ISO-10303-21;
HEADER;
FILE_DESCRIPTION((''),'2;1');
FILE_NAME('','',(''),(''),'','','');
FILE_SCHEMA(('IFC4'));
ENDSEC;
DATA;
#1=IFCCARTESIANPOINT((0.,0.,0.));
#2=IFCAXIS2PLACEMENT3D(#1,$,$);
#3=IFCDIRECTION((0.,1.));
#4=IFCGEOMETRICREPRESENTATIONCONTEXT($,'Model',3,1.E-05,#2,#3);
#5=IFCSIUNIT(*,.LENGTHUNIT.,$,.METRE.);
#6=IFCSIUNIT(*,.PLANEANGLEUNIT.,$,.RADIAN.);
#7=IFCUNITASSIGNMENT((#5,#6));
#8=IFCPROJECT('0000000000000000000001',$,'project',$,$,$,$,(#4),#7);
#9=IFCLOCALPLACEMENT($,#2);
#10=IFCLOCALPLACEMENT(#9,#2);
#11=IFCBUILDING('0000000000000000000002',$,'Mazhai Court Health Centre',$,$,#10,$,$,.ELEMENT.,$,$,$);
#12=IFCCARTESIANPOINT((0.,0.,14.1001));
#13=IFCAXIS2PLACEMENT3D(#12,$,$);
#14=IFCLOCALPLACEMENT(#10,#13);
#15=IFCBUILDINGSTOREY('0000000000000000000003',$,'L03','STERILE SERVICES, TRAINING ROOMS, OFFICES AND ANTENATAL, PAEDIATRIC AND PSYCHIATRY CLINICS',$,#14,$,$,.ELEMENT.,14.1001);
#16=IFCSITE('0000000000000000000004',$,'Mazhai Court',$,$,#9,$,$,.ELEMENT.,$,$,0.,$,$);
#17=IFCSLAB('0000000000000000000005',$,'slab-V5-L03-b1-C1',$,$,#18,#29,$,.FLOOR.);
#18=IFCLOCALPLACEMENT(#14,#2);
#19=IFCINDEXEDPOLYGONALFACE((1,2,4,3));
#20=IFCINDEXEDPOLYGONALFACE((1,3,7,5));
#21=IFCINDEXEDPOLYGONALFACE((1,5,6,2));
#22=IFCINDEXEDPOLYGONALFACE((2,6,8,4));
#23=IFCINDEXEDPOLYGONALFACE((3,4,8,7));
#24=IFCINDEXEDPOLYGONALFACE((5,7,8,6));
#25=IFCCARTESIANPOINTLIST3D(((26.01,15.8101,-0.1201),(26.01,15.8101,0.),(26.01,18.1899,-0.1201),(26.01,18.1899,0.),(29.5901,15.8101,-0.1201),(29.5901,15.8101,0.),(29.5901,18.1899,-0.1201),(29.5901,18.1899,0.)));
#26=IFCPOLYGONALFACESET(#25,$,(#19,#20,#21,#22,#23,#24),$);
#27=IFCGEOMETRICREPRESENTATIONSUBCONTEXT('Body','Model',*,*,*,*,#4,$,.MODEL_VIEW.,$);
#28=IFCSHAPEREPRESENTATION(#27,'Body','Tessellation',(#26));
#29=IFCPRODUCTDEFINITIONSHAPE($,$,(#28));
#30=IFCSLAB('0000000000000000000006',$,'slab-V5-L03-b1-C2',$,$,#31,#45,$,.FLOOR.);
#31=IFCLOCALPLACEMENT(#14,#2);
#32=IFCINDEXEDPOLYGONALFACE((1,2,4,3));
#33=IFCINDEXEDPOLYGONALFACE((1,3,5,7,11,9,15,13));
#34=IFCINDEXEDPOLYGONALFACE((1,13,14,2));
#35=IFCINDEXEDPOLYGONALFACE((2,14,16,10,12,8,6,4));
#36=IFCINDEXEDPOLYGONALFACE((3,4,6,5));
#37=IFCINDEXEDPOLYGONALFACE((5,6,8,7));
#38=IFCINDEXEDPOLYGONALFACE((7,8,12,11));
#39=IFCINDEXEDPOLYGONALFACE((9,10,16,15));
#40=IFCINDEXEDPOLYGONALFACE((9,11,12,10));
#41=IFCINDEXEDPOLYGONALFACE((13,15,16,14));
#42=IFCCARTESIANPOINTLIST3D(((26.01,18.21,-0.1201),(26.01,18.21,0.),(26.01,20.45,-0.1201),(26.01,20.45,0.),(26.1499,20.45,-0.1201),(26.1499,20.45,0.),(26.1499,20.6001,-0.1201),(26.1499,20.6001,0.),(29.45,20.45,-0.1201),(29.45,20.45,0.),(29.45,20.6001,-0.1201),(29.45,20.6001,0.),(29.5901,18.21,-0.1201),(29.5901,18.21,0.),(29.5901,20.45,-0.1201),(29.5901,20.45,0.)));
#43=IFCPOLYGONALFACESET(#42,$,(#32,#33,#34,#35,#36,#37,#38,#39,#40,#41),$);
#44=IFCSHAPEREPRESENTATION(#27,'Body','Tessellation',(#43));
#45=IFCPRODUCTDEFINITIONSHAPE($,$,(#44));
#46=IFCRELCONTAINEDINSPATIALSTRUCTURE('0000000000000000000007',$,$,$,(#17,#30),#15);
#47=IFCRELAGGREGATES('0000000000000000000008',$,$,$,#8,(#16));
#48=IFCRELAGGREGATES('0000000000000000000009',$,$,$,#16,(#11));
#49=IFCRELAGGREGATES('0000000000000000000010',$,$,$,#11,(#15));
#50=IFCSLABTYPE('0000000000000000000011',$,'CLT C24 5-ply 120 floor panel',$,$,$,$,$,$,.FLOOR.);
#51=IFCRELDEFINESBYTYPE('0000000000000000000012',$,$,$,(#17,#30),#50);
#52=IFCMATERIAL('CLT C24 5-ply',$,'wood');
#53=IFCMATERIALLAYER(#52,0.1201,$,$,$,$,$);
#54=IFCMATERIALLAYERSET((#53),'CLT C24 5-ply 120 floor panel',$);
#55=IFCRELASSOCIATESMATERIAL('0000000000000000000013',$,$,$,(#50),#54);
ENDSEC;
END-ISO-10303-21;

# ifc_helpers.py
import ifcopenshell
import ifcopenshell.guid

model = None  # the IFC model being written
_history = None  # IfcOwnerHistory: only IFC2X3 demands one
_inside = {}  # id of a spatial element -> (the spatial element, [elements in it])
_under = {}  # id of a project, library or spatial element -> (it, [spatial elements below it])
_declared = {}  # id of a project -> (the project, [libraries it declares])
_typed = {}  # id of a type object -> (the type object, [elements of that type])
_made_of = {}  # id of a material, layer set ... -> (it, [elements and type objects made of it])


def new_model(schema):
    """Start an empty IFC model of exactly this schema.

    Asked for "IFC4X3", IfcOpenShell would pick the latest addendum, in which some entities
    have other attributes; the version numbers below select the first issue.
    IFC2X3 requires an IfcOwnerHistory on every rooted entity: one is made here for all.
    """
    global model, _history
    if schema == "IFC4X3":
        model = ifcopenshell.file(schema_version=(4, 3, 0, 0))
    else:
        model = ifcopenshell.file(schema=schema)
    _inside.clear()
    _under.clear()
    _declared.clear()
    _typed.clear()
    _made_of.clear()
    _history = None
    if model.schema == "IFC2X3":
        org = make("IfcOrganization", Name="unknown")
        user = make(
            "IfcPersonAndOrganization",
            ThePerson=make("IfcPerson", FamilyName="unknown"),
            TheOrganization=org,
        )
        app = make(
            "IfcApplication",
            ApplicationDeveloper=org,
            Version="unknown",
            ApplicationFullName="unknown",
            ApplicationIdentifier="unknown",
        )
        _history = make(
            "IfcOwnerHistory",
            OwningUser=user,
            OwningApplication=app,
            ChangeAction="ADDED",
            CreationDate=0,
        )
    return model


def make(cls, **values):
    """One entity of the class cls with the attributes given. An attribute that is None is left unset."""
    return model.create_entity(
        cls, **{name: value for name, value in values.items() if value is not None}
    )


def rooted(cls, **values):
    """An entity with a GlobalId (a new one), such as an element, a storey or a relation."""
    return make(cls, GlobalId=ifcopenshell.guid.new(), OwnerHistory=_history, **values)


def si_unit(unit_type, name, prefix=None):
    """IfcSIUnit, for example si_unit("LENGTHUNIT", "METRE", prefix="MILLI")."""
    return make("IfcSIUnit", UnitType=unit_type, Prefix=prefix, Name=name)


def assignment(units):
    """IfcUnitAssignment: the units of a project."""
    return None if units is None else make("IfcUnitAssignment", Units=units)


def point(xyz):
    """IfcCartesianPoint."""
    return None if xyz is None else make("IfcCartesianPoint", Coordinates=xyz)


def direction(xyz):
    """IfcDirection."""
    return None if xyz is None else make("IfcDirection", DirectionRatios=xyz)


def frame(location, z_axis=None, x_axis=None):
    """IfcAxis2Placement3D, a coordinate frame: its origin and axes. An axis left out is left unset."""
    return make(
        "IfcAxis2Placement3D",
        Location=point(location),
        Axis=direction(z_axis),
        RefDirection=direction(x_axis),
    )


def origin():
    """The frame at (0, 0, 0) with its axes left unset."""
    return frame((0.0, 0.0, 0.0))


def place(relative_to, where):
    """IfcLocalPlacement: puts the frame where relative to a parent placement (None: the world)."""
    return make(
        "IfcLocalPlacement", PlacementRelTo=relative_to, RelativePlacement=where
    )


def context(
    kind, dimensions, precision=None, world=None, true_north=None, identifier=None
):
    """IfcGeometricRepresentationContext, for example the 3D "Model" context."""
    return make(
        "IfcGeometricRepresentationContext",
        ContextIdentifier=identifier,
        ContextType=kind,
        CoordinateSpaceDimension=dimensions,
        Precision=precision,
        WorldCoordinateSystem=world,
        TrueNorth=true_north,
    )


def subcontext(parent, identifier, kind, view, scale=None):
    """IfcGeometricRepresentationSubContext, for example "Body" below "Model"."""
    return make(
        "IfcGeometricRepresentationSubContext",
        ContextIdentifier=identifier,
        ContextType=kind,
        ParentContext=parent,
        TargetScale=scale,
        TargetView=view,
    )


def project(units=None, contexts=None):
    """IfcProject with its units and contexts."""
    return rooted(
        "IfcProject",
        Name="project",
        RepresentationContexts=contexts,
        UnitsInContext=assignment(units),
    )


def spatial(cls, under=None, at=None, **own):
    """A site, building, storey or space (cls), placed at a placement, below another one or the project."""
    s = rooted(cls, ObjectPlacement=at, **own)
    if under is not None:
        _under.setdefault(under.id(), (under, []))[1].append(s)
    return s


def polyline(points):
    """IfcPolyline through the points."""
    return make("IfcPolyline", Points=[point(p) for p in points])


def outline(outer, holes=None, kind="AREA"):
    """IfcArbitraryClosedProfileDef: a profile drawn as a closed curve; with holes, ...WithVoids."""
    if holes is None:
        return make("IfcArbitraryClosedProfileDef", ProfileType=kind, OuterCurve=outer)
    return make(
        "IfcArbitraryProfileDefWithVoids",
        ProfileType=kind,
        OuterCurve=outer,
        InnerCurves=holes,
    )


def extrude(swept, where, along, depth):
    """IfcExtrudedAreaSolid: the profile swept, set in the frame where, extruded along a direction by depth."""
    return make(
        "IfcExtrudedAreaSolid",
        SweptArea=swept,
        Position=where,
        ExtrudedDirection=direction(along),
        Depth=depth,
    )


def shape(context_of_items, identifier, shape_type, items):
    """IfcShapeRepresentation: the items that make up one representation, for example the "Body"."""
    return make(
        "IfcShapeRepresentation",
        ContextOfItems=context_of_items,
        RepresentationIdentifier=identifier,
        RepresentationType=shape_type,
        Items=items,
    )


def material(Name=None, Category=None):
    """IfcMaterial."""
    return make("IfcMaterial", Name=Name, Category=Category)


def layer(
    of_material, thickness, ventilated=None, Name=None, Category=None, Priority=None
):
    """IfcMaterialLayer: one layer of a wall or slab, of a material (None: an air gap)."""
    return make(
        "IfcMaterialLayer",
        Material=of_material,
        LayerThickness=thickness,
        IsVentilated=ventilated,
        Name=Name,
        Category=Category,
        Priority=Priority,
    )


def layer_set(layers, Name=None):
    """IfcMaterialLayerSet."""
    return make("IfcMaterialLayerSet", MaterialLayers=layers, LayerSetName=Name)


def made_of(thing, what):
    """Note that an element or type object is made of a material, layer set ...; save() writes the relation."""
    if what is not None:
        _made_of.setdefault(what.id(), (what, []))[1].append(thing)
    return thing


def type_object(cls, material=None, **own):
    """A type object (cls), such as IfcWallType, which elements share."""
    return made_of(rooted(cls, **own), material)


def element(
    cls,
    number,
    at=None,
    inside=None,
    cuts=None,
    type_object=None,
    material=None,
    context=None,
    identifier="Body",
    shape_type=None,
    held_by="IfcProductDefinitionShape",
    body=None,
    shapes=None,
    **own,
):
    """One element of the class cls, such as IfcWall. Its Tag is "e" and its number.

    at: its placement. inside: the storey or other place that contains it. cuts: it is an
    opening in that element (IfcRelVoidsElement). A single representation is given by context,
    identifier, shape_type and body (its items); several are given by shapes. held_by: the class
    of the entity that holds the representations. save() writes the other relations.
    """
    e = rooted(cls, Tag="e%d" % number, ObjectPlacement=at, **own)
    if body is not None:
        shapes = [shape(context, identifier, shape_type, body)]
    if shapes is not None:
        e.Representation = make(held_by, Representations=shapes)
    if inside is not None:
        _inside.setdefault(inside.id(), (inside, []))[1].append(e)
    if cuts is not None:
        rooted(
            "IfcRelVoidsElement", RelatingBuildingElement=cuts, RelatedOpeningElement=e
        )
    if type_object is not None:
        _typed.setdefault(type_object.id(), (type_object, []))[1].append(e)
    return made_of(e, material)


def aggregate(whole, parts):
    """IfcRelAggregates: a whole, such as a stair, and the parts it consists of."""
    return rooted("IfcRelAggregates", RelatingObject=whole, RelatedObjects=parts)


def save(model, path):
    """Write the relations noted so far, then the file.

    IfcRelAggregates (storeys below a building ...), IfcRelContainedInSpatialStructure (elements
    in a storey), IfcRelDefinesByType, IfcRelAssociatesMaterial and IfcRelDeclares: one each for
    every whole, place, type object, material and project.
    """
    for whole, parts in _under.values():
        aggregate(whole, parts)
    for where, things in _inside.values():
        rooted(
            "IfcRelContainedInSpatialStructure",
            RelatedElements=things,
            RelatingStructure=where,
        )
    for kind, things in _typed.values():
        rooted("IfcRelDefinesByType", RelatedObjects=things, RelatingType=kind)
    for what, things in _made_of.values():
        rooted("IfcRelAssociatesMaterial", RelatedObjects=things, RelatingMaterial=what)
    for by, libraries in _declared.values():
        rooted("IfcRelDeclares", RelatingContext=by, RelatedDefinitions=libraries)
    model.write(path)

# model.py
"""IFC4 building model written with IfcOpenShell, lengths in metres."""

from ifc_helpers import new_model, si_unit, direction, frame, origin, place, context, subcontext, project, spatial, polyline, outline, extrude, material, layer, layer_set, type_object, element, save


model = new_model("IFC4")

# Units and contexts
model_context = context("Model", 3, precision=1e-05, world=origin(), true_north=direction((0.0, 1.0)))
body_context = subcontext(model_context, "Body", "Model", "MODEL_VIEW")
ifc_project = project(units=[si_unit("LENGTHUNIT", "METRE"), si_unit("PLANEANGLEUNIT", "RADIAN")], contexts=[model_context])

# Site, building, storey
site_placement = place(None, origin())
site = spatial("IfcSite", under=ifc_project, at=site_placement, Name="Mazhai Court", CompositionType="ELEMENT", RefElevation=0.0)
building_placement = place(site_placement, origin())
building = spatial("IfcBuilding", under=site, at=building_placement, Name="Mazhai Court Health Centre", CompositionType="ELEMENT")
storey_placement = place(building_placement, frame((0.0, 0.0, 14.1001)))
storey = spatial("IfcBuildingStorey", under=building, at=storey_placement, Name="L03", Description="STERILE SERVICES, TRAINING ROOMS, OFFICES AND ANTENATAL, PAEDIATRIC AND PSYCHIATRY CLINICS", CompositionType="ELEMENT", Elevation=14.1001)

# Slabs
ifc_material = material(Name="CLT C24 5-ply", Category="wood")
ifc_layer = layer(ifc_material, 0.1201)
ifc_layer_set = layer_set([ifc_layer], Name="CLT C24 5-ply 120 floor panel")
slab_type = type_object("IfcSlabType", Name="CLT C24 5-ply 120 floor panel", PredefinedType="FLOOR", material=ifc_layer_set)
slab_1_placement = place(storey_placement, frame((0.0, 0.0, -0.1201)))
element("IfcSlab", 1, at=slab_1_placement, inside=storey, type_object=slab_type, Name="slab-V5-L03-b1-C1", PredefinedType="FLOOR", context=body_context, shape_type="SweptSolid", body=[
    extrude(outline(polyline([(26.01, 15.8101), (29.5901, 15.8101), (29.5901, 18.1899), (26.01, 18.1899), (26.01, 15.8101)])), origin(), (0.0, 0.0, 1.0), 0.1201),
])
slab_2_placement = place(storey_placement, frame((0.0, 0.0, -0.1201)))
element("IfcSlab", 2, at=slab_2_placement, inside=storey, type_object=slab_type, Name="slab-V5-L03-b1-C2", PredefinedType="FLOOR", context=body_context, shape_type="SweptSolid", body=[
    extrude(outline(polyline([(29.5901, 18.21), (29.5901, 20.45), (29.45, 20.45), (29.45, 20.6001), (26.1499, 20.6001), (26.1499, 20.45), (26.01, 20.45), (26.01, 18.21), (29.5901, 18.21)])), origin(), (0.0, 0.0, 1.0), 0.1201),
])

save(model, "model.ifc")
